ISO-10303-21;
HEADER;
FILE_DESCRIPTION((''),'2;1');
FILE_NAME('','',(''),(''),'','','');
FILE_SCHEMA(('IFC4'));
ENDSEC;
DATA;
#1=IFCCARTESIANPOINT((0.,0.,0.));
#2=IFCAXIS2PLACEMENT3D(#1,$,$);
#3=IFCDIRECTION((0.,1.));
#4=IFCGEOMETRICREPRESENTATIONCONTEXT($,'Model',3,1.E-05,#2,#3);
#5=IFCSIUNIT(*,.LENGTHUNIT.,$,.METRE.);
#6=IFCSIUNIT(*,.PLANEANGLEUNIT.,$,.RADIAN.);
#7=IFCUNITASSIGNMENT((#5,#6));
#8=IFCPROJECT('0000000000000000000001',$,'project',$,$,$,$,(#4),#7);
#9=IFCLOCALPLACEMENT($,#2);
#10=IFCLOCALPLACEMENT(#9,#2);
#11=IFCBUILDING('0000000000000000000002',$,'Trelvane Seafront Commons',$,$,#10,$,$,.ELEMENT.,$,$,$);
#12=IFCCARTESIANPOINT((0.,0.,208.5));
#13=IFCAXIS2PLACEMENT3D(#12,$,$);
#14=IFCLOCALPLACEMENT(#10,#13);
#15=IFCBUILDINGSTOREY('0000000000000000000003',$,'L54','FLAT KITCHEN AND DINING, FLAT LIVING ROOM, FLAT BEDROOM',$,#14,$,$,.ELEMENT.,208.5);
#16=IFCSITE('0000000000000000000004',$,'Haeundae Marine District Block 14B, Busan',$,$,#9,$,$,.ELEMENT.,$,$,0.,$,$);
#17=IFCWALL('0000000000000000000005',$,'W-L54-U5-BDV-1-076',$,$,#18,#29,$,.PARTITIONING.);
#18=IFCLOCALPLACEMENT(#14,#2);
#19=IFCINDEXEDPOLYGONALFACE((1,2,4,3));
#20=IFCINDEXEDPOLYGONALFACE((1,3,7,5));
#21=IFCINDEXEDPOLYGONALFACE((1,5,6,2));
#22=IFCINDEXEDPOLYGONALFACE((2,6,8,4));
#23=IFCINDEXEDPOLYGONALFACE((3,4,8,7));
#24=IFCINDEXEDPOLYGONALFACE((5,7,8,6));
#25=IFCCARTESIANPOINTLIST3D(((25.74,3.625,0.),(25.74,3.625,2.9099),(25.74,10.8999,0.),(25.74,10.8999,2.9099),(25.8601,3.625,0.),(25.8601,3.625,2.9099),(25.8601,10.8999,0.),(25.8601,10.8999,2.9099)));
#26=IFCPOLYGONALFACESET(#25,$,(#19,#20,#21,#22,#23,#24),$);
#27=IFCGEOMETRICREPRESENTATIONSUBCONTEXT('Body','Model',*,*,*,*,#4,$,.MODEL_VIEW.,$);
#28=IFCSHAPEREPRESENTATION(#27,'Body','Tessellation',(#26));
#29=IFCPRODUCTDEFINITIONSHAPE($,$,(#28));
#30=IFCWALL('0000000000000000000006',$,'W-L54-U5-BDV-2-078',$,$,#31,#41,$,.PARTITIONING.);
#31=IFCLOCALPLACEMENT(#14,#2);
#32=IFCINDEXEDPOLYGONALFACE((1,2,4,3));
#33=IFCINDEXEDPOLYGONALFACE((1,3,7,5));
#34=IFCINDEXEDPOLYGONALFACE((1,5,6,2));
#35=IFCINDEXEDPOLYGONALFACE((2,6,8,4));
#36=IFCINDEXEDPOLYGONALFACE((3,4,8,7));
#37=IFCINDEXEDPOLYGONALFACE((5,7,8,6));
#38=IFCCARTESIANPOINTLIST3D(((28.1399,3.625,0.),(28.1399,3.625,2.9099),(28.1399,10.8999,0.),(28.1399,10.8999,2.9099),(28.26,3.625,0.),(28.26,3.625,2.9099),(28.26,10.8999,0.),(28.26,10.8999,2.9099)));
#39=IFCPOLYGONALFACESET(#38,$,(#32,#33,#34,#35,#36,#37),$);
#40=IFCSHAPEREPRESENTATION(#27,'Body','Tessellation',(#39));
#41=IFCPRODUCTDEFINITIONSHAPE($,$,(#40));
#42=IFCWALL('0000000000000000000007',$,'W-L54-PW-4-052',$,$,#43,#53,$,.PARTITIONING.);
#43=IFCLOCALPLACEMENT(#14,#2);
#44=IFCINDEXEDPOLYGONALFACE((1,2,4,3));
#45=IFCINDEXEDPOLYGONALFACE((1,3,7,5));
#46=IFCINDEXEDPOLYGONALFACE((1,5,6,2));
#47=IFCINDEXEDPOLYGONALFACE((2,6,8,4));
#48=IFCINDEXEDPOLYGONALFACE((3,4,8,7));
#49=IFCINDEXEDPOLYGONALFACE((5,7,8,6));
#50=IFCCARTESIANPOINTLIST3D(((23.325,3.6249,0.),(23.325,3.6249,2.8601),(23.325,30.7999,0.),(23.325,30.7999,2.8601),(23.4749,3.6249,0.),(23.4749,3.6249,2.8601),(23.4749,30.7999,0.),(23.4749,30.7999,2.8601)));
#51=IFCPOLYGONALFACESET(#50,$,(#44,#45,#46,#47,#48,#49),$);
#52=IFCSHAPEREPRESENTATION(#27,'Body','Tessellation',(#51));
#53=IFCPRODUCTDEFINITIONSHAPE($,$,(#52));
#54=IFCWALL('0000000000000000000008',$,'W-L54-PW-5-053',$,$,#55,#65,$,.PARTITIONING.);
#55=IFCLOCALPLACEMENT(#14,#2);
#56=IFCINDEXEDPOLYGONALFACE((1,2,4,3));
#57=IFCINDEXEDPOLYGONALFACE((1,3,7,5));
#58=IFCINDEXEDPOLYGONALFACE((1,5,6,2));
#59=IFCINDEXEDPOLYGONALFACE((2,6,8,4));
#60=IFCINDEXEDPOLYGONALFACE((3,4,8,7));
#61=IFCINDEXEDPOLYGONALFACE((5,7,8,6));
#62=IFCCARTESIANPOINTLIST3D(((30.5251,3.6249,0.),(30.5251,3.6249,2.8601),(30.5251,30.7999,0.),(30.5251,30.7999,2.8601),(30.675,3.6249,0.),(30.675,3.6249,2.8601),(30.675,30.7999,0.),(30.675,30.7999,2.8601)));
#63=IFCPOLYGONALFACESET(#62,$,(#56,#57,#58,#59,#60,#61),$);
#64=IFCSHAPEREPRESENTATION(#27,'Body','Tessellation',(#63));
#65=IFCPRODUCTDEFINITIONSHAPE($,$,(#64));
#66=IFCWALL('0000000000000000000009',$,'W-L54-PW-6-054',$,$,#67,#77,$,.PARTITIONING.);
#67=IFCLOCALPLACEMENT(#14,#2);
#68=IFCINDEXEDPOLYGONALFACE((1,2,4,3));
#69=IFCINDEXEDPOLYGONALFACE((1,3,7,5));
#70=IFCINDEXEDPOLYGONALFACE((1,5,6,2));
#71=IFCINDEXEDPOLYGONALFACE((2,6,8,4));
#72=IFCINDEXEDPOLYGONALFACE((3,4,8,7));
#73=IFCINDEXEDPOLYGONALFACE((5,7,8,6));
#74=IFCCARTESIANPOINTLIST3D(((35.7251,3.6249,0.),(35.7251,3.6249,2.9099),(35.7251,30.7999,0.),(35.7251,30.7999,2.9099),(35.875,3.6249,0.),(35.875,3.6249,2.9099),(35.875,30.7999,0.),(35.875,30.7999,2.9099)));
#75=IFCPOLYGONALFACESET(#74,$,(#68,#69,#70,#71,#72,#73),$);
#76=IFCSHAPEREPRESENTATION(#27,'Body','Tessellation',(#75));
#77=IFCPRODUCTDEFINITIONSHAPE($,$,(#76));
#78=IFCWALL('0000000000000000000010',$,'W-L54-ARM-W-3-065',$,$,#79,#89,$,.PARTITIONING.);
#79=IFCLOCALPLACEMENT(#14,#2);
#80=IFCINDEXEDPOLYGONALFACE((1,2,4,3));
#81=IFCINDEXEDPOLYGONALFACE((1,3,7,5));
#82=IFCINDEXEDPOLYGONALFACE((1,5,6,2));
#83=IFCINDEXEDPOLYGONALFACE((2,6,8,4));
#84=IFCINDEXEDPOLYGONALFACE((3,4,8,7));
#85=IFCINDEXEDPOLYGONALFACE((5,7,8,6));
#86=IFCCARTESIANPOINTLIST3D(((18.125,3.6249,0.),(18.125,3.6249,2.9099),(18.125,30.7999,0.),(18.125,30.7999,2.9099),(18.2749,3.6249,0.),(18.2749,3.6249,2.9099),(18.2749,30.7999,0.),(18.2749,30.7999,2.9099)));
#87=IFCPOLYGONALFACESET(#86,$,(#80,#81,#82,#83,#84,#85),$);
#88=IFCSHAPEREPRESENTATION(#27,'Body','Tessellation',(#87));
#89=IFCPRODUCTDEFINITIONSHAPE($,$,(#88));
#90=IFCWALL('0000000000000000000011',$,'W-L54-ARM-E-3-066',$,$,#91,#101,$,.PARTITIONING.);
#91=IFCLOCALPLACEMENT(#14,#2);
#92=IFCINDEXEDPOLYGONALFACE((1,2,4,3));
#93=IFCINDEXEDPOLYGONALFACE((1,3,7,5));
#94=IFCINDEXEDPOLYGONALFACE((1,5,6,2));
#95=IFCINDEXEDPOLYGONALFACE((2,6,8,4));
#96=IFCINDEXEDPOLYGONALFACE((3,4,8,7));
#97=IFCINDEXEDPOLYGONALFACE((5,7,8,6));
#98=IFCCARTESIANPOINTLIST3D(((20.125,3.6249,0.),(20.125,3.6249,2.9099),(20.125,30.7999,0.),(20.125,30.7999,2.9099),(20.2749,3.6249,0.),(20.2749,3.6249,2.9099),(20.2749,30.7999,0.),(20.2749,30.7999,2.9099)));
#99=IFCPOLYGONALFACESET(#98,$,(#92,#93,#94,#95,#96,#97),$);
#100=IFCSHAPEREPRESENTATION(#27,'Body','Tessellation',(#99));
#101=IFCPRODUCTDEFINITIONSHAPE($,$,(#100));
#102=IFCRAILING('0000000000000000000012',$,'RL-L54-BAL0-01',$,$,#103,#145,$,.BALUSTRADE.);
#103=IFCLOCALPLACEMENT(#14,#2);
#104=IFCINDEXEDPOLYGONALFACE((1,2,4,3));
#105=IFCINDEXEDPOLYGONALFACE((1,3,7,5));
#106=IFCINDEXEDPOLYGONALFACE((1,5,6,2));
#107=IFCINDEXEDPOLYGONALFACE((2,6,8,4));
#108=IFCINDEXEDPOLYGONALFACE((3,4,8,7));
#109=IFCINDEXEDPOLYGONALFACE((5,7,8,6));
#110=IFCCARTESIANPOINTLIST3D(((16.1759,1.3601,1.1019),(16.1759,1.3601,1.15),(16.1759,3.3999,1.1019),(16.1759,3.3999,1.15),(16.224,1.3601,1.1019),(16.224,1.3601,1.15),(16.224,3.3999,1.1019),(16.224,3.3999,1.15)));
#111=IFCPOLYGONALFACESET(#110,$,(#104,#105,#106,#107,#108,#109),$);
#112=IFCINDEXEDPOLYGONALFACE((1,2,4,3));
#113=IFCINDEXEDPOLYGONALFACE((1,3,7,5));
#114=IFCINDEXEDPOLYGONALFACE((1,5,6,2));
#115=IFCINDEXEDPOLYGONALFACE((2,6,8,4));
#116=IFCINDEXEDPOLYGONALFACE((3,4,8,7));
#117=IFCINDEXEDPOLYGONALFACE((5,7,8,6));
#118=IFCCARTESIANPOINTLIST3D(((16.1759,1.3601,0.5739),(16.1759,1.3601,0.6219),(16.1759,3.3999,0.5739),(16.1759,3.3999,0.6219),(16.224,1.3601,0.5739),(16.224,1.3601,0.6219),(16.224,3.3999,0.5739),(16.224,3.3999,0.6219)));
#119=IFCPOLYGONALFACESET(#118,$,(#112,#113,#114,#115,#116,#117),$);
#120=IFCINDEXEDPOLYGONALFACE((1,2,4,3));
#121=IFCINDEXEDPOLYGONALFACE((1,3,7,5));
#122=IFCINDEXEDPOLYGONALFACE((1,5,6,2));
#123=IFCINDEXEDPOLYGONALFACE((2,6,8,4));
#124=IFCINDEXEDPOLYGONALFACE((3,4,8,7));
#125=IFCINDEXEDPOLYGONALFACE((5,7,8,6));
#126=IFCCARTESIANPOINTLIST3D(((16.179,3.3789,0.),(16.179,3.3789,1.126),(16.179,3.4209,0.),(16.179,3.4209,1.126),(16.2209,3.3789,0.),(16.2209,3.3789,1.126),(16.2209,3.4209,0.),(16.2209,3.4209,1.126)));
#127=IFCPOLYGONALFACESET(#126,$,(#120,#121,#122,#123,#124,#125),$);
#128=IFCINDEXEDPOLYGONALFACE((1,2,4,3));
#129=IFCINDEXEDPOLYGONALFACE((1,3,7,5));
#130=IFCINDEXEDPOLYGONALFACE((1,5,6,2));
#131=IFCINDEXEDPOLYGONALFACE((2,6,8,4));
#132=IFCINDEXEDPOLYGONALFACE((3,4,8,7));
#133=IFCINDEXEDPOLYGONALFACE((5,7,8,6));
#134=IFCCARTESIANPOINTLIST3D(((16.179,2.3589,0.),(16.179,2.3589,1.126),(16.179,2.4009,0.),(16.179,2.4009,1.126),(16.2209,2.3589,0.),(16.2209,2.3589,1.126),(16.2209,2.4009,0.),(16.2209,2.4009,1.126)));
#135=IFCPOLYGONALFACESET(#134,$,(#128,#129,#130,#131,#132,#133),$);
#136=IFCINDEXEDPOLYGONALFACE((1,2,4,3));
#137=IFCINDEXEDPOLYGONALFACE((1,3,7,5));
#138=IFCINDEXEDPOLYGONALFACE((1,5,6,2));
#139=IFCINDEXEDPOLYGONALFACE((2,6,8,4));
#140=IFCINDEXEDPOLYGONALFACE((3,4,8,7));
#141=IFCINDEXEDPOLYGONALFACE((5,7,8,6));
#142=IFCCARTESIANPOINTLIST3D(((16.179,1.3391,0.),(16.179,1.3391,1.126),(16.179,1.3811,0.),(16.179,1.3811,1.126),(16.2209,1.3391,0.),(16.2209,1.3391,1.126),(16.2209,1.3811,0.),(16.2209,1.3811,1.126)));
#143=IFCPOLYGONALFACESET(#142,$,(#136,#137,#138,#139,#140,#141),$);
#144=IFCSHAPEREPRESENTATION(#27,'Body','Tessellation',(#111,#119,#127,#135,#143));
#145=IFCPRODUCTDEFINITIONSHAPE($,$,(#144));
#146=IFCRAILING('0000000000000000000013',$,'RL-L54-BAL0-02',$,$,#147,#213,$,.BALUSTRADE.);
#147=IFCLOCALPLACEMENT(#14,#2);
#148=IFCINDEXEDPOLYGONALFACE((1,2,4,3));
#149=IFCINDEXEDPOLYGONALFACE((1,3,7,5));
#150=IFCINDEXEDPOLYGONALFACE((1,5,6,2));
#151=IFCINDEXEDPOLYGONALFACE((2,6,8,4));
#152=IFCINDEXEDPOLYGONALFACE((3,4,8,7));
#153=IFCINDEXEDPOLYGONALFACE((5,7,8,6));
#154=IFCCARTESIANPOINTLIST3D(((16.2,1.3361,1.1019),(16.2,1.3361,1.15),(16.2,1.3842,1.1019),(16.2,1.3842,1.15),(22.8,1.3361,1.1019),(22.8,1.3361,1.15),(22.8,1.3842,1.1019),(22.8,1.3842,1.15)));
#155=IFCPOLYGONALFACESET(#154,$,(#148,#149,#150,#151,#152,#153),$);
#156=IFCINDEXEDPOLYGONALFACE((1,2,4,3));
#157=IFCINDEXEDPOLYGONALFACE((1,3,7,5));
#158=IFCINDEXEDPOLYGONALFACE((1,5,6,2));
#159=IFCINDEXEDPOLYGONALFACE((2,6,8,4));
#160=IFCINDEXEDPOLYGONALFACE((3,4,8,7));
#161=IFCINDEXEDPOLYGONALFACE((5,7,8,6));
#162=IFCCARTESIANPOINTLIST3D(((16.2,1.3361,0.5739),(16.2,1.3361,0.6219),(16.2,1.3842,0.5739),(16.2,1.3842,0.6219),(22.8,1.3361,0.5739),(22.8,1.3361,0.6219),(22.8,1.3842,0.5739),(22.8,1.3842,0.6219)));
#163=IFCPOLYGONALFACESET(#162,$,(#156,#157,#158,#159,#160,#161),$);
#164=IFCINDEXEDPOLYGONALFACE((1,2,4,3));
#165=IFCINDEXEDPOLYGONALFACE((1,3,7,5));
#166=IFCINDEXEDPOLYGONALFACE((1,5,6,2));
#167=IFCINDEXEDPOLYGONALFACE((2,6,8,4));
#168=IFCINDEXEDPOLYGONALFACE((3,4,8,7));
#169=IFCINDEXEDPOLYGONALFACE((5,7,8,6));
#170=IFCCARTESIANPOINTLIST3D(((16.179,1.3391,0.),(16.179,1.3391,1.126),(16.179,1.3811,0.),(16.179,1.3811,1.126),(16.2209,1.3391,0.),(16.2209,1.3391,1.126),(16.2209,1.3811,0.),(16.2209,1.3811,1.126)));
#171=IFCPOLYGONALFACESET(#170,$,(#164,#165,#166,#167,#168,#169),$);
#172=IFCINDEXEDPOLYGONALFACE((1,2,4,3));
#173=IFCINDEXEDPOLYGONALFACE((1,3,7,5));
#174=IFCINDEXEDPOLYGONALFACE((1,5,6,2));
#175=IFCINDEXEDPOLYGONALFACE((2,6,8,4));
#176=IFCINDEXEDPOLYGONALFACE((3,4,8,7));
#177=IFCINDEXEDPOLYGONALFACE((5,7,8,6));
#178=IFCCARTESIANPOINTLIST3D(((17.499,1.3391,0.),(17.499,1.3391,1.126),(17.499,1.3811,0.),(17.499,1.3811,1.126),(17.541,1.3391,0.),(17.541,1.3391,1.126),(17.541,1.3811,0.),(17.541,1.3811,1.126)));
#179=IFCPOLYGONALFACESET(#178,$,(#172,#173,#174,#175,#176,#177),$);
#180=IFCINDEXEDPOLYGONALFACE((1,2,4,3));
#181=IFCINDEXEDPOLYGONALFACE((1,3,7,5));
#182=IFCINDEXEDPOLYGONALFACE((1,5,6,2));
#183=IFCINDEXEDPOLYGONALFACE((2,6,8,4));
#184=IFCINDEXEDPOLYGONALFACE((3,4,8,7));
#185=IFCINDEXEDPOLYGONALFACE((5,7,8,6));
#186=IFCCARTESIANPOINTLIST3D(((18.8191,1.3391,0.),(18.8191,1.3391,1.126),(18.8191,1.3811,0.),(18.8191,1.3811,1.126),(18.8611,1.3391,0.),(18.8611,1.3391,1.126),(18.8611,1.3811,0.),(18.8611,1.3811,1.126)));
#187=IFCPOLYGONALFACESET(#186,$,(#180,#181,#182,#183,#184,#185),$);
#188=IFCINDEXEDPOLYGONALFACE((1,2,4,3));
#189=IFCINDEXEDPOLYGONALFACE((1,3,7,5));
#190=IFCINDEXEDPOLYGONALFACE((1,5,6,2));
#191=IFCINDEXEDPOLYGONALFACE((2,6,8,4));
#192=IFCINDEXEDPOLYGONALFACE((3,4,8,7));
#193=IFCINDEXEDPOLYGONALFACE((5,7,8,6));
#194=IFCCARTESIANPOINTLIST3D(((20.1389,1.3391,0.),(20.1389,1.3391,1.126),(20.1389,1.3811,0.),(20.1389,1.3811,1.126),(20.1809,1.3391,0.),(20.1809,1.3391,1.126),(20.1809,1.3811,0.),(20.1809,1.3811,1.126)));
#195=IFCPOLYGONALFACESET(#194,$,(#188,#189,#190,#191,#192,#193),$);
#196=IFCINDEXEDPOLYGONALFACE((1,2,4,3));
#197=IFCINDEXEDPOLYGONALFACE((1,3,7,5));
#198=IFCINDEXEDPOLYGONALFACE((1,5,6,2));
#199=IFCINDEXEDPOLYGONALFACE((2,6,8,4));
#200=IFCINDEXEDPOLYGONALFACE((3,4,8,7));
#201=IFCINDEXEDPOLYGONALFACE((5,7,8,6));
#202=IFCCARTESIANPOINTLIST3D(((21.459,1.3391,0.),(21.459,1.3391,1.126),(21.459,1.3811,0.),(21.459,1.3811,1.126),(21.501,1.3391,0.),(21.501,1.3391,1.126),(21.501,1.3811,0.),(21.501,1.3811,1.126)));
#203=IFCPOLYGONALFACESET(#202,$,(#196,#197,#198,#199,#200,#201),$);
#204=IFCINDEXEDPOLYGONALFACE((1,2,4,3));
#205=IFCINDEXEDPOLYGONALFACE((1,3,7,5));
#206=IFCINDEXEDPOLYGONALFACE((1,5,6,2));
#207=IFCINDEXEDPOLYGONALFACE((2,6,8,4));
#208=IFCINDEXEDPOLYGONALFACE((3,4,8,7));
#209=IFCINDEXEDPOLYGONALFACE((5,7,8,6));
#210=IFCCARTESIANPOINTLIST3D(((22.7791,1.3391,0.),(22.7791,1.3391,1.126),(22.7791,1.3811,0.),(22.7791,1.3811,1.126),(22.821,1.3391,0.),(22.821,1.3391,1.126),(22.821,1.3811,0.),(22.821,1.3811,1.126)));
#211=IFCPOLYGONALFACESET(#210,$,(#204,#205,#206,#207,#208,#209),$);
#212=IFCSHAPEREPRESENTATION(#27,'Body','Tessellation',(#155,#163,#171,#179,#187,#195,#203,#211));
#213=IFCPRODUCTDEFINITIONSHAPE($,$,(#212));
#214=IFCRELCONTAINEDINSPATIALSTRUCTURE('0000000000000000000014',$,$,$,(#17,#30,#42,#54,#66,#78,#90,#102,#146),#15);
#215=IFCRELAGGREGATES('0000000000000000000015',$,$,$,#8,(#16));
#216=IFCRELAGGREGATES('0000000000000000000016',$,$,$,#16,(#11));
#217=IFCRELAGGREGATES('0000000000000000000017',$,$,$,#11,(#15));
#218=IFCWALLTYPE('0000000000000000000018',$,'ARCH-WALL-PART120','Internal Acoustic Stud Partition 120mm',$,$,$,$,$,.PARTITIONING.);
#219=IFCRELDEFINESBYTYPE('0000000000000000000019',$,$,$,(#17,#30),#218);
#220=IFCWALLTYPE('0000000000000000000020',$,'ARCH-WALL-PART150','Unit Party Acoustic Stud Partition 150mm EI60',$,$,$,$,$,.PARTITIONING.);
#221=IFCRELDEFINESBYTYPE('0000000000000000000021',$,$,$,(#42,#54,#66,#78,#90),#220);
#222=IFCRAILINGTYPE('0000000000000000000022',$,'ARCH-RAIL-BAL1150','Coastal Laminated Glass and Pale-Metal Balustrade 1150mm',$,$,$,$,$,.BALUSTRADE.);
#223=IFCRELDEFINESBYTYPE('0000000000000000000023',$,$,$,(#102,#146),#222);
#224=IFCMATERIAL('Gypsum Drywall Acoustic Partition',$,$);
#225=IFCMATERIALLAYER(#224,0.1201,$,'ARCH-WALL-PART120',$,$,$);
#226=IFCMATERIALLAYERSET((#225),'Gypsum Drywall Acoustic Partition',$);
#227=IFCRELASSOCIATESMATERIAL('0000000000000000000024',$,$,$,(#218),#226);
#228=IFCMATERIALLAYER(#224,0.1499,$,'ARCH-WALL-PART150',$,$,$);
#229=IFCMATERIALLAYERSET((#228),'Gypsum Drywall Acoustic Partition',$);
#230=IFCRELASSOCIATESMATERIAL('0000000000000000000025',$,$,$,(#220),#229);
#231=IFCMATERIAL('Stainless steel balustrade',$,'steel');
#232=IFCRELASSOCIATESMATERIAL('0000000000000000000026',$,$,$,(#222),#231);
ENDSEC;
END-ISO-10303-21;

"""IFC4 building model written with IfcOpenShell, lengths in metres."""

from ifc_helpers import new_model, si_unit, direction, frame, frame_2d, origin, origin_2d, place, context, subcontext, project, spatial, rectangle, extrude, material, layer, layer_set, type_object, element, save


model = new_model("IFC4")

# Units and contexts
model_context = context("Model", 3, precision=1e-05, world=origin(), true_north=direction((0.0, 1.0)))
body_context = subcontext(model_context, "Body", "Model", "MODEL_VIEW")
ifc_project = project(units=[si_unit("LENGTHUNIT", "METRE"), si_unit("PLANEANGLEUNIT", "RADIAN")], contexts=[model_context])

# Site, building, storey
site_placement = place(None, origin())
site = spatial("IfcSite", under=ifc_project, at=site_placement, Name="Haeundae Marine District Block 14B, Busan", CompositionType="ELEMENT", RefElevation=0.0)
building_placement = place(site_placement, origin())
building = spatial("IfcBuilding", under=site, at=building_placement, Name="Trelvane Seafront Commons", CompositionType="ELEMENT")
storey_placement = place(building_placement, frame((0.0, 0.0, 208.5)))
storey = spatial("IfcBuildingStorey", under=building, at=storey_placement, Name="L54", Description="FLAT KITCHEN AND DINING, FLAT LIVING ROOM, FLAT BEDROOM", CompositionType="ELEMENT", Elevation=208.5)

# Shared definitions
ifc_material_1 = material(Name="Gypsum Drywall Acoustic Partition")
ifc_layer_1 = layer(ifc_material_1, 0.1201, Name="ARCH-WALL-PART120")
ifc_layer_set_1 = layer_set([ifc_layer_1], Name="Gypsum Drywall Acoustic Partition")
wall_type_1 = type_object("IfcWallType", Name="ARCH-WALL-PART120", Description="Internal Acoustic Stud Partition 120mm", PredefinedType="PARTITIONING", material=ifc_layer_set_1)

# Wall
wall_1_placement = place(storey_placement, frame((25.8, 3.625, 0.0), z_axis=(0.0, 0.0, 1.0), x_axis=(0.0, 1.0, 0.0)))
element("IfcWall", 1, at=wall_1_placement, inside=storey, type_object=wall_type_1, Name="W-L54-U5-BDV-1-076", PredefinedType="PARTITIONING", context=body_context, shape_type="SweptSolid", body=[
    extrude(rectangle(XDim=7.2749, YDim=0.1201, at=frame_2d((3.6375, 0.0))), origin(), (0.0, 0.0, 1.0), 2.9099),
])

# Walls
wall_2_placement = place(storey_placement, frame((28.2, 3.625, 0.0), z_axis=(0.0, 0.0, 1.0), x_axis=(0.0, 1.0, 0.0)))
element("IfcWall", 2, at=wall_2_placement, inside=storey, type_object=wall_type_1, Name="W-L54-U5-BDV-2-078", PredefinedType="PARTITIONING", context=body_context, shape_type="SweptSolid", body=[
    extrude(rectangle(XDim=7.2749, YDim=0.1201, at=frame_2d((3.6375, 0.0))), origin(), (0.0, 0.0, 1.0), 2.9099),
])
ifc_layer_2 = layer(ifc_material_1, 0.1499, Name="ARCH-WALL-PART150")
ifc_layer_set_2 = layer_set([ifc_layer_2], Name="Gypsum Drywall Acoustic Partition")
wall_type_2 = type_object("IfcWallType", Name="ARCH-WALL-PART150", Description="Unit Party Acoustic Stud Partition 150mm EI60", PredefinedType="PARTITIONING", material=ifc_layer_set_2)
for number, where, z_axis, x_axis, name in (
    (3, (23.3999, 3.625, 0.0), (0.0, 0.0, 1.0), (0.0, 1.0, 0.0), "W-L54-PW-4-052"),
    (4, (30.6001, 3.625, 0.0), (0.0, 0.0, 1.0), (0.0, 1.0, 0.0), "W-L54-PW-5-053"),
):
    element("IfcWall", number, at=place(storey_placement, frame(where, z_axis=z_axis, x_axis=x_axis)), inside=storey, type_object=wall_type_2, Name=name, PredefinedType="PARTITIONING", context=body_context, shape_type="SweptSolid", body=[
        extrude(rectangle(XDim=27.175, YDim=0.1499, at=frame_2d((13.5874, 0.0))), origin(), (0.0, 0.0, 1.0), 2.8601),
    ])
for number, where, z_axis, x_axis, name in (
    (5, (35.8, 3.625, 0.0), (0.0, 0.0, 1.0), (0.0, 1.0, 0.0), "W-L54-PW-6-054"),
    (6, (18.2, 3.625, 0.0), (0.0, 0.0, 1.0), (0.0, 1.0, 0.0), "W-L54-ARM-W-3-065"),
    (7, (20.2, 3.625, 0.0), (0.0, 0.0, 1.0), (0.0, 1.0, 0.0), "W-L54-ARM-E-3-066"),
):
    element("IfcWall", number, at=place(storey_placement, frame(where, z_axis=z_axis, x_axis=x_axis)), inside=storey, type_object=wall_type_2, Name=name, PredefinedType="PARTITIONING", context=body_context, shape_type="SweptSolid", body=[
        extrude(rectangle(XDim=27.175, YDim=0.1499, at=frame_2d((13.5874, 0.0))), origin(), (0.0, 0.0, 1.0), 2.9099),
    ])

# Railings
ifc_material_2 = material(Name="Stainless steel balustrade", Category="steel")
railing_type = type_object("IfcRailingType", Name="ARCH-RAIL-BAL1150", Description="Coastal Laminated Glass and Pale-Metal Balustrade 1150mm", PredefinedType="BALUSTRADE", material=ifc_material_2)
railing_1_placement = place(storey_placement, frame((16.2, 3.3999, 0.0)))
element("IfcRailing", 8, at=railing_1_placement, inside=storey, type_object=railing_type, Name="RL-L54-BAL0-01", PredefinedType="BALUSTRADE", context=body_context, shape_type="SweptSolid", body=[
    extrude(rectangle(XDim=0.0481, YDim=0.0481, at=origin_2d()), frame((0.0, 0.0, 1.126), z_axis=(0.0, -1.0, 0.0), x_axis=(1.0, 0.0, 0.0)), (0.0, 0.0, 1.0), 2.0398),
    extrude(rectangle(XDim=0.0481, YDim=0.0481, at=origin_2d()), frame((0.0, 0.0, 0.5979), z_axis=(0.0, -1.0, 0.0), x_axis=(1.0, 0.0, 0.0)), (0.0, 0.0, 1.0), 2.0398),
    extrude(rectangle(XDim=0.042, YDim=0.042, at=origin_2d()), origin(), (0.0, 0.0, 1.0), 1.126),
    extrude(rectangle(XDim=0.042, YDim=0.042, at=origin_2d()), frame((0.0, -1.02, 0.0)), (0.0, 0.0, 1.0), 1.126),
    extrude(rectangle(XDim=0.042, YDim=0.042, at=origin_2d()), frame((0.0, -2.0398, 0.0)), (0.0, 0.0, 1.0), 1.126),
])
railing_2_placement = place(storey_placement, frame((16.2, 1.3601, 0.0)))
element("IfcRailing", 9, at=railing_2_placement, inside=storey, type_object=railing_type, Name="RL-L54-BAL0-02", PredefinedType="BALUSTRADE", context=body_context, shape_type="SweptSolid", body=[
    extrude(rectangle(XDim=0.0481, YDim=0.0481, at=origin_2d()), frame((0.0, 0.0, 1.126), z_axis=(1.0, 0.0, 0.0), x_axis=(0.0, 1.0, 0.0)), (0.0, 0.0, 1.0), 6.6001),
    extrude(rectangle(XDim=0.0481, YDim=0.0481, at=origin_2d()), frame((0.0, 0.0, 0.5979), z_axis=(1.0, 0.0, 0.0), x_axis=(0.0, 1.0, 0.0)), (0.0, 0.0, 1.0), 6.6001),
    extrude(rectangle(XDim=0.042, YDim=0.042, at=origin_2d()), origin(), (0.0, 0.0, 1.0), 1.126),
    extrude(rectangle(XDim=0.042, YDim=0.042, at=origin_2d()), frame((1.3201, 0.0, 0.0)), (0.0, 0.0, 1.0), 1.126),
    extrude(rectangle(XDim=0.042, YDim=0.042, at=origin_2d()), frame((2.6401, 0.0, 0.0)), (0.0, 0.0, 1.0), 1.126),
    extrude(rectangle(XDim=0.042, YDim=0.042, at=origin_2d()), frame((3.96, 0.0, 0.0)), (0.0, 0.0, 1.0), 1.126),
    extrude(rectangle(XDim=0.042, YDim=0.042, at=origin_2d()), frame((5.28, 0.0, 0.0)), (0.0, 0.0, 1.0), 1.126),
    extrude(rectangle(XDim=0.042, YDim=0.042, at=origin_2d()), frame((6.6001, 0.0, 0.0)), (0.0, 0.0, 1.0), 1.126),
])

save(model, "model.ifc")
